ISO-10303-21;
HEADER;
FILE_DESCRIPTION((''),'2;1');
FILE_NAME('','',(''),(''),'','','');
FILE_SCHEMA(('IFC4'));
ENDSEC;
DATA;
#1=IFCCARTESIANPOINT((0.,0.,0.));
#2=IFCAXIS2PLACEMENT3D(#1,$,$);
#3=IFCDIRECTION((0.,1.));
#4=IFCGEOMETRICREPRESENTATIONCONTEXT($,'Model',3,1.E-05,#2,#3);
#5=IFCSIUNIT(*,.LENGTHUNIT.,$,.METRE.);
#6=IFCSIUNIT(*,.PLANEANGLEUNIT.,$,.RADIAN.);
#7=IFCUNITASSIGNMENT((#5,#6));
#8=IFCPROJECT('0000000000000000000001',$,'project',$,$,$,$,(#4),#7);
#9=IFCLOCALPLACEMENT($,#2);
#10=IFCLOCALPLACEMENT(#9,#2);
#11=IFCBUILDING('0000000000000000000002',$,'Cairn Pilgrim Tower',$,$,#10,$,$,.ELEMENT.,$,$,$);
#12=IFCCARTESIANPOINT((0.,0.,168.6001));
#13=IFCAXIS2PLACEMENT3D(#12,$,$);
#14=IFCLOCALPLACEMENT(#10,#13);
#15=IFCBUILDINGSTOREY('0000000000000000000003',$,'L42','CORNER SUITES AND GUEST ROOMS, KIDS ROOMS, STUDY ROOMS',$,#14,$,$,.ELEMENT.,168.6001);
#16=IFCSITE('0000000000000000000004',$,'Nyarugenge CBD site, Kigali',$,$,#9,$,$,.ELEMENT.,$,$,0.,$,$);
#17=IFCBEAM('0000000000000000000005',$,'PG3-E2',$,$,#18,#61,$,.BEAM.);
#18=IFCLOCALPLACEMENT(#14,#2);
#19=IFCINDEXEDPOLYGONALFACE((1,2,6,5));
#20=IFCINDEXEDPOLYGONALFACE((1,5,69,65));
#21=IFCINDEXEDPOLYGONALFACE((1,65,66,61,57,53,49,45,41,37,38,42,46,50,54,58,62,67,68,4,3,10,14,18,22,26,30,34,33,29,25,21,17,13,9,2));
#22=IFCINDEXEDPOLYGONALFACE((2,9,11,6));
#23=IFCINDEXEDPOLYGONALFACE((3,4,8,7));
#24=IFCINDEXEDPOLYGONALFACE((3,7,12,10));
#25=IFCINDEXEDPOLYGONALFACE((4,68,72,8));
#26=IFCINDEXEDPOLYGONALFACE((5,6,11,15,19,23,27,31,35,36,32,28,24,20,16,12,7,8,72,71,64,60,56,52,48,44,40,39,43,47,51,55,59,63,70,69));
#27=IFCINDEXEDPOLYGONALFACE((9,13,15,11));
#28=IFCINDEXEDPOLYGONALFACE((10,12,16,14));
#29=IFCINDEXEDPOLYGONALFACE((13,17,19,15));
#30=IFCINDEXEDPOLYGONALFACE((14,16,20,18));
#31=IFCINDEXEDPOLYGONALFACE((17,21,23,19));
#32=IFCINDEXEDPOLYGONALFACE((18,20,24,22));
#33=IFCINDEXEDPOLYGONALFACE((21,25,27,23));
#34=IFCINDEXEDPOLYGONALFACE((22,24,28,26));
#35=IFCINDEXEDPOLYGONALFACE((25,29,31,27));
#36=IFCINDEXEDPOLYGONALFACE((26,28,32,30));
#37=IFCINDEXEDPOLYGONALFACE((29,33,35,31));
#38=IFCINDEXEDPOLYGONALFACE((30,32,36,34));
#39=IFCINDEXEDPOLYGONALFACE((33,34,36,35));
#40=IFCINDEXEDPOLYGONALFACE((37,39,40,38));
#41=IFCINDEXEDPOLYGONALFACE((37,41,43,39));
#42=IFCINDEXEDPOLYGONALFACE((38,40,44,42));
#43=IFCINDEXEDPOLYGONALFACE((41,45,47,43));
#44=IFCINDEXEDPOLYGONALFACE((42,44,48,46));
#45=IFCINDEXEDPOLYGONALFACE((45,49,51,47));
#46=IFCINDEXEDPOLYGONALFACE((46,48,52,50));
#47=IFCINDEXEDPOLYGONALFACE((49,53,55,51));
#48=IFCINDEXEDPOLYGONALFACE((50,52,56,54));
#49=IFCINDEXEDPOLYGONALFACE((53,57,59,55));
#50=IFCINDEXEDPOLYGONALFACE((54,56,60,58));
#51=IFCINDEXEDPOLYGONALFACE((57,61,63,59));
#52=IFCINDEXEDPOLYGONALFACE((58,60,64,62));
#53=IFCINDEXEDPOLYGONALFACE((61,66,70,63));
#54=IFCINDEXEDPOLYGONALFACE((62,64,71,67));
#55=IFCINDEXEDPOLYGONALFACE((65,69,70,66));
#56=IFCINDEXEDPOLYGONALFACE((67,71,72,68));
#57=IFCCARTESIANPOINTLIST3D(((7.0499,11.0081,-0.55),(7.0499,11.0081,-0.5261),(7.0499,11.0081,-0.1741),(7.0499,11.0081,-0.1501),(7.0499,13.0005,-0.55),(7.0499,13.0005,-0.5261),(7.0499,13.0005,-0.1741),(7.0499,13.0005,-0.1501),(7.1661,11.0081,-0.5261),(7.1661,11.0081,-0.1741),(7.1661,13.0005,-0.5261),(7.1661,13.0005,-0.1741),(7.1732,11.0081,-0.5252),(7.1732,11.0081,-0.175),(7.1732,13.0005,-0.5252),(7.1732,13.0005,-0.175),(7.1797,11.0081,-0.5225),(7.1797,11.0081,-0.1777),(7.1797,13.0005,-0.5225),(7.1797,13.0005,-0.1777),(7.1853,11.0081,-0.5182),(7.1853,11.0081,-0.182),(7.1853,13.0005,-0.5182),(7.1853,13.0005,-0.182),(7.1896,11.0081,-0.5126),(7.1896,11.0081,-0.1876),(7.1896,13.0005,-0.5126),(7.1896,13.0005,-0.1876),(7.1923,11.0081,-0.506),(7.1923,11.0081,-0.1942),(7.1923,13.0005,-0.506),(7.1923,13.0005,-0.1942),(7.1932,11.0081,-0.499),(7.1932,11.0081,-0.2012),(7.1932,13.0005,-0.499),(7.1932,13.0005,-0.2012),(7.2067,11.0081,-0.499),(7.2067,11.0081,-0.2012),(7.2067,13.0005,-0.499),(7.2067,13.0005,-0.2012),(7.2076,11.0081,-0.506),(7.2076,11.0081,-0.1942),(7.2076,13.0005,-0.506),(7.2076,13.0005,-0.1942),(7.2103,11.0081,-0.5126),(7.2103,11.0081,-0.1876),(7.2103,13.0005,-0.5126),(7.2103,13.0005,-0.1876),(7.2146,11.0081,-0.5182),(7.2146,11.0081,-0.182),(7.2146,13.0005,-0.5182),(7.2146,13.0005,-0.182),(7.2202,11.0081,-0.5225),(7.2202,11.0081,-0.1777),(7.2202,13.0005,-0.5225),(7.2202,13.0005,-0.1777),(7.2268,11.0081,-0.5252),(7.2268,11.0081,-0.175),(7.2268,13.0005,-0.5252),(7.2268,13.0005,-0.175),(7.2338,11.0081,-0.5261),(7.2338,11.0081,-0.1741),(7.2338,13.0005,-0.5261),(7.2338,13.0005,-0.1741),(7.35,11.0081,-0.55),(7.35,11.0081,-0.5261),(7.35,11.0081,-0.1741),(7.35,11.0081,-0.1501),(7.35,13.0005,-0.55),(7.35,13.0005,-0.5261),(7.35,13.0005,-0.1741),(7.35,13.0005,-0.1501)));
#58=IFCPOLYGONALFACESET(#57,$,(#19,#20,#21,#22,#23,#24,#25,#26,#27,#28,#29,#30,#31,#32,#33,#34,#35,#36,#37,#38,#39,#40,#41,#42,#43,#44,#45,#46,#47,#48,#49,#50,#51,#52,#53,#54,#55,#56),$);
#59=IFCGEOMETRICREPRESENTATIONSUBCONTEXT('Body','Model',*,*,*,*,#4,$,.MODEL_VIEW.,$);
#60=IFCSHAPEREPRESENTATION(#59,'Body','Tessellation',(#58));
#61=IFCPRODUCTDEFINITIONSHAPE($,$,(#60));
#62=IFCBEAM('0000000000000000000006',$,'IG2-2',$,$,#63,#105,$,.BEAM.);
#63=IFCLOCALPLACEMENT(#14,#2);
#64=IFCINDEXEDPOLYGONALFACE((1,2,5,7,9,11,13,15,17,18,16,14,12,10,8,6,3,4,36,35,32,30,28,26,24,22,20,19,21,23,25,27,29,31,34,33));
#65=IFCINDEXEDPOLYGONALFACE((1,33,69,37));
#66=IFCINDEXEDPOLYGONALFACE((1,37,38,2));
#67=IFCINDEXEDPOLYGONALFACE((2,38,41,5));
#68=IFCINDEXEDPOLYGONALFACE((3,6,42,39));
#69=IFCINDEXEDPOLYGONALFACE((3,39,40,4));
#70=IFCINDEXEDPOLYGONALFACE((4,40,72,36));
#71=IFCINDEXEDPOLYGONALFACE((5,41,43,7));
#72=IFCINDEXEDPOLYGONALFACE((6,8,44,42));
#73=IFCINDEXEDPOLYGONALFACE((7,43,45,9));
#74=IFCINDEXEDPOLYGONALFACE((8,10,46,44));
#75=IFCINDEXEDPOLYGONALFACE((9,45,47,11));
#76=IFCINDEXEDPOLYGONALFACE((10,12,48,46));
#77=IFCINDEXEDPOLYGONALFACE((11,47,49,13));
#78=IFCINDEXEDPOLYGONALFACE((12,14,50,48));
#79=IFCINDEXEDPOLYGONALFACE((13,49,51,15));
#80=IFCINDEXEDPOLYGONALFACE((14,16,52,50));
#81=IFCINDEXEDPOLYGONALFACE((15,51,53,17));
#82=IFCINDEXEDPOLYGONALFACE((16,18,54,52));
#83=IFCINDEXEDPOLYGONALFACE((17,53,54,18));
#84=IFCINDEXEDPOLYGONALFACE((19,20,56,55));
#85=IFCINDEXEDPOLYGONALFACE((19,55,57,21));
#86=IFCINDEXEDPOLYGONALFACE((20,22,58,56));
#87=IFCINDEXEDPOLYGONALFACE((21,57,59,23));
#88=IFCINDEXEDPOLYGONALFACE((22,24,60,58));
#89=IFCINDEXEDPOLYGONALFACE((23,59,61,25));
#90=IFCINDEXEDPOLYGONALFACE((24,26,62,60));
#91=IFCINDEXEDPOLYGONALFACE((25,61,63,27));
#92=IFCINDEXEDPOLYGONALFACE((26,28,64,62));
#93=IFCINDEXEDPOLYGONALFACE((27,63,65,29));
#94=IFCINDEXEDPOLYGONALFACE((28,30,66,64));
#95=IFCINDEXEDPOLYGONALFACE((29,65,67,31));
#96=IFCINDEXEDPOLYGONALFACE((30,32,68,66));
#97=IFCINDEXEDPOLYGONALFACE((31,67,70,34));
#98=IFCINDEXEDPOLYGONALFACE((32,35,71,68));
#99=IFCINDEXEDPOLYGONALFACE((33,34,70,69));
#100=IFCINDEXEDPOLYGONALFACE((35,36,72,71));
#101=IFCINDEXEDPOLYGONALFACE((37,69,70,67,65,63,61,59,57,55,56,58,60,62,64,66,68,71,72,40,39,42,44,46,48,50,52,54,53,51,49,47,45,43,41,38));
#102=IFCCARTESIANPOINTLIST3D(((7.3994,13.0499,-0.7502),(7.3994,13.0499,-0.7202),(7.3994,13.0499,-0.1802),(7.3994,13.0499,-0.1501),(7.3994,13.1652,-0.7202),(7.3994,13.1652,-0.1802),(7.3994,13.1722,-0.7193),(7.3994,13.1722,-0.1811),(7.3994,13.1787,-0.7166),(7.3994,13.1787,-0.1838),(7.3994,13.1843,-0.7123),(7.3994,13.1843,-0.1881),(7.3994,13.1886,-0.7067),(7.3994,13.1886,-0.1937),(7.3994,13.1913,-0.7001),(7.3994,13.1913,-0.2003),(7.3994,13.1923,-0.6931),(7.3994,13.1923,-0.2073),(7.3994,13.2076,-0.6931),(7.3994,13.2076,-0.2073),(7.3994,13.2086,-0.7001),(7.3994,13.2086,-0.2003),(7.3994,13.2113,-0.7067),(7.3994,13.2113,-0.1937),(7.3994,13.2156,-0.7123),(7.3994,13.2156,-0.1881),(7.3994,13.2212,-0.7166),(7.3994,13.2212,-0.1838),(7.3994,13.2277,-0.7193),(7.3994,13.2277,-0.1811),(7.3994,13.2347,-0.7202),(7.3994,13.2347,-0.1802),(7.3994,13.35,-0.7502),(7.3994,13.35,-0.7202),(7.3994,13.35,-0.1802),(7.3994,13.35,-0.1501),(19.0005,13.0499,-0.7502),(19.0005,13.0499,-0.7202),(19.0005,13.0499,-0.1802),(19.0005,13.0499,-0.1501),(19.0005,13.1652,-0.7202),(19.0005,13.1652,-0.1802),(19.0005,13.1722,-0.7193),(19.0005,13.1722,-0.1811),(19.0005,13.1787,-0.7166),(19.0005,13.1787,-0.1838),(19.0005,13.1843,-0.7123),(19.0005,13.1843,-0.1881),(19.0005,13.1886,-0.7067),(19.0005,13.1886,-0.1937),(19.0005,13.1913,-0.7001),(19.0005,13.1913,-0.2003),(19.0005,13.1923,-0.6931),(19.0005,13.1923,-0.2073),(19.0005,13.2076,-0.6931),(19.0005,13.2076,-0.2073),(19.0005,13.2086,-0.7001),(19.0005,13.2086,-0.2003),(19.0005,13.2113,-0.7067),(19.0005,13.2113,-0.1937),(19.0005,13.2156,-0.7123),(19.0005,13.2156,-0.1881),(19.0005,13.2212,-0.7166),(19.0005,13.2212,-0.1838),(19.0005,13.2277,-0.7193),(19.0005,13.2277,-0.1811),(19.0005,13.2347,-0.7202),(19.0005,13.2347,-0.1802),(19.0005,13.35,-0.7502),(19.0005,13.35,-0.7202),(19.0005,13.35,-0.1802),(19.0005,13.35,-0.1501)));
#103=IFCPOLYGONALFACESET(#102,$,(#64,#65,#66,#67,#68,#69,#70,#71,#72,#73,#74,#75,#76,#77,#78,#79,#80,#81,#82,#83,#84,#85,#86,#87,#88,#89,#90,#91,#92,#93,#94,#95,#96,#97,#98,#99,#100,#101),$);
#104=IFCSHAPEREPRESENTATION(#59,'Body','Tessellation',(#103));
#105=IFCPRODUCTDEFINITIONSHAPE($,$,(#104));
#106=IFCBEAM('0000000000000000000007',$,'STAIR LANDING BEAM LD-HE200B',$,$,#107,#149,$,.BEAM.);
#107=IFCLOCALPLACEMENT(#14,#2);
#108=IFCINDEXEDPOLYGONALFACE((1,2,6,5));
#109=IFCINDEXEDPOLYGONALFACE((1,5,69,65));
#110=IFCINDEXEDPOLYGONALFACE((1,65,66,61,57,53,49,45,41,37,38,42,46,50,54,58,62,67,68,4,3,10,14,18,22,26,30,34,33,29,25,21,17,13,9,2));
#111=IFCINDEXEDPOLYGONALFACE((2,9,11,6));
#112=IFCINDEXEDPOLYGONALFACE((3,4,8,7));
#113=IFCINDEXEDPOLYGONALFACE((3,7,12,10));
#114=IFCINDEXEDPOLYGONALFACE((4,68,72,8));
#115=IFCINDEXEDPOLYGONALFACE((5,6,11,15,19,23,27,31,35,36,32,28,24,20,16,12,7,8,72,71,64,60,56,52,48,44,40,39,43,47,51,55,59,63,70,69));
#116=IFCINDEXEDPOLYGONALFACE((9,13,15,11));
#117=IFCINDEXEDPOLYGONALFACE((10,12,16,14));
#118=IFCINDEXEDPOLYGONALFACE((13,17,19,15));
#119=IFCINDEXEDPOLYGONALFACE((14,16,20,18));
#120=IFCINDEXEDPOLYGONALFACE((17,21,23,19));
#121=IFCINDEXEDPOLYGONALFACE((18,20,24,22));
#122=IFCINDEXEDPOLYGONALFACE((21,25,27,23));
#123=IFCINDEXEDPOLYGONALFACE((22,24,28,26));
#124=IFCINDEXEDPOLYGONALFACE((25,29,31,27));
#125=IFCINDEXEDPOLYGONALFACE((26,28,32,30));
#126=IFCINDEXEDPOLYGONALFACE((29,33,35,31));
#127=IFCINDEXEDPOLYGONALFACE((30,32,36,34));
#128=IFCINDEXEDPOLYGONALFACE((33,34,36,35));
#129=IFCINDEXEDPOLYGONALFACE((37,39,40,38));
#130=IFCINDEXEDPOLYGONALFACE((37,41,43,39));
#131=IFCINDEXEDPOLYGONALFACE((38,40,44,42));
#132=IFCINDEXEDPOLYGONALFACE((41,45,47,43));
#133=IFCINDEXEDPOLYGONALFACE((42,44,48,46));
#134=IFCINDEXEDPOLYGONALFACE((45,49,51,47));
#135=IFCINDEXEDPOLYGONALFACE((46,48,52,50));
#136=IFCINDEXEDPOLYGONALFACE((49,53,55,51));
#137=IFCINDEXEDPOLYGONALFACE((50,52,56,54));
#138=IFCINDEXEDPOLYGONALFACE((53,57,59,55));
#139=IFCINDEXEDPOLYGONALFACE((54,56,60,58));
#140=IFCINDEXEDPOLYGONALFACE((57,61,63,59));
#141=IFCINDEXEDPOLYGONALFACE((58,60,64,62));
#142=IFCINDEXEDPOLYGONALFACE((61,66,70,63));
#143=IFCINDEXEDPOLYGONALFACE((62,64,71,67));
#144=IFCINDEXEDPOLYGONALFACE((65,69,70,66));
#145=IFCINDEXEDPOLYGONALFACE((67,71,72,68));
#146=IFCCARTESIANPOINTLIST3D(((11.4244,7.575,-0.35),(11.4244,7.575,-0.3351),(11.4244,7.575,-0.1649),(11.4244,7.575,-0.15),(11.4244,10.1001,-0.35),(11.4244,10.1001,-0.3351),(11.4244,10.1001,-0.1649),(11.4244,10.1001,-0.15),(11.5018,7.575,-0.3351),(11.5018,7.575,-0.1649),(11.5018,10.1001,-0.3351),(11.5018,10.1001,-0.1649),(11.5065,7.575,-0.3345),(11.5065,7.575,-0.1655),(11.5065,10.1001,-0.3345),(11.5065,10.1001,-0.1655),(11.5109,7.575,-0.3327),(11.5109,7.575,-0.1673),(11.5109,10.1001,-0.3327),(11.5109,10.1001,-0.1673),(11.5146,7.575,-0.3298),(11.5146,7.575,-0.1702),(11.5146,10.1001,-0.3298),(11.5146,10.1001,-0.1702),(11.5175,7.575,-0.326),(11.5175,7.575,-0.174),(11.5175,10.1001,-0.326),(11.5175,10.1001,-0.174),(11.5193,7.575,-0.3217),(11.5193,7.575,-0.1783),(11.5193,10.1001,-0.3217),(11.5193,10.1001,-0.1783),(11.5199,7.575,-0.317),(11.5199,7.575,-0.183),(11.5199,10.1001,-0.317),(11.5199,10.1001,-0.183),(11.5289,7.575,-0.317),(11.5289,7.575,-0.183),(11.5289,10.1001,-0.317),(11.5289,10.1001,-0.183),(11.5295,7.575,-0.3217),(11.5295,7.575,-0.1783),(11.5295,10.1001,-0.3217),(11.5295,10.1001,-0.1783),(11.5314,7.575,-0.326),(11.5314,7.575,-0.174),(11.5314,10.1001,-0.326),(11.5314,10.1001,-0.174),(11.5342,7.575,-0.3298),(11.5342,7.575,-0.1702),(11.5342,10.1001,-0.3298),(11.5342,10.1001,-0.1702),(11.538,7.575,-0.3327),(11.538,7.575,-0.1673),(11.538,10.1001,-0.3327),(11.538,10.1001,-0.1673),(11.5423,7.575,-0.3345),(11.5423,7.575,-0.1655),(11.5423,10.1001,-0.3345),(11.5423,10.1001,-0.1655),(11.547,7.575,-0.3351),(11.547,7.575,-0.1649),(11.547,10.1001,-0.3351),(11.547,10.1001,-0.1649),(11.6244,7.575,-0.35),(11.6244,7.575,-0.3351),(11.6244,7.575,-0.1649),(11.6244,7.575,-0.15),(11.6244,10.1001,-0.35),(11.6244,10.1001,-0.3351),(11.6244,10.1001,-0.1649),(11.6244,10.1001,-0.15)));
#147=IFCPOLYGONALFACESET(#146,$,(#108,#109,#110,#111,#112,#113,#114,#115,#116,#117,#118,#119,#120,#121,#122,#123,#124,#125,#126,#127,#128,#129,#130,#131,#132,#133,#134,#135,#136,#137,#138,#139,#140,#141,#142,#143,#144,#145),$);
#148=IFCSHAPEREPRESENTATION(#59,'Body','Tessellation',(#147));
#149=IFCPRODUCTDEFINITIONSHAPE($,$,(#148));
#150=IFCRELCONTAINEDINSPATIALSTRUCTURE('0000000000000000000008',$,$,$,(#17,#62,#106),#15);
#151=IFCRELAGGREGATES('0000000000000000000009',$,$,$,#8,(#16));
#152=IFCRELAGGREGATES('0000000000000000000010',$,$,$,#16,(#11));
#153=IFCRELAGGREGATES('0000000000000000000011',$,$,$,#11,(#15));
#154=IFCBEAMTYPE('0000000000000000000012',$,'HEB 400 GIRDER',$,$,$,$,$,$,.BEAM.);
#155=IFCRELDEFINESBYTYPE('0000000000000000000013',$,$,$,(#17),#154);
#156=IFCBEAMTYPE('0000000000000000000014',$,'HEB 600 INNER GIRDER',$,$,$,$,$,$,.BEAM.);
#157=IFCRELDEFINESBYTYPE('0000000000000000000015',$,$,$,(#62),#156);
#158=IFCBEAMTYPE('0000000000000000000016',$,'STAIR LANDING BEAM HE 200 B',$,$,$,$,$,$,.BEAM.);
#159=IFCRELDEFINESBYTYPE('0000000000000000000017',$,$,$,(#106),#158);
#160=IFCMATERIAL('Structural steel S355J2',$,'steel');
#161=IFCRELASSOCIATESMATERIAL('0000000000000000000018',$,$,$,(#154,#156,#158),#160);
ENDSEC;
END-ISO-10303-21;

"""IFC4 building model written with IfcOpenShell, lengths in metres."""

from ifc_helpers import new_model, si_unit, direction, frame, origin, origin_2d, place, context, subcontext, project, spatial, i_section, extrude, material, material_profile, profile_set, type_object, element, save


model = new_model("IFC4")

# Units and contexts
model_context = context("Model", 3, precision=1e-05, world=origin(), true_north=direction((0.0, 1.0)))
body_context = subcontext(model_context, "Body", "Model", "MODEL_VIEW")
ifc_project = project(units=[si_unit("LENGTHUNIT", "METRE"), si_unit("PLANEANGLEUNIT", "RADIAN")], contexts=[model_context])

# Site, building, storey
site_placement = place(None, origin())
site = spatial("IfcSite", under=ifc_project, at=site_placement, Name="Nyarugenge CBD site, Kigali", CompositionType="ELEMENT", RefElevation=0.0)
building_placement = place(site_placement, origin())
building = spatial("IfcBuilding", under=site, at=building_placement, Name="Cairn Pilgrim Tower", CompositionType="ELEMENT")
storey_placement = place(building_placement, frame((0.0, 0.0, 168.6001)))
storey = spatial("IfcBuildingStorey", under=building, at=storey_placement, Name="L42", Description="CORNER SUITES AND GUEST ROOMS, KIDS ROOMS, STUDY ROOMS", CompositionType="ELEMENT", Elevation=168.6001)

# Shared definitions
ifc_material_1 = material(Name="Structural steel S355J2", Category="steel")

# Beams
ifc_material_profile_1 = material_profile(ifc_material_1, i_section(OverallWidth=0.3, OverallDepth=0.3999, WebThickness=0.0134, FlangeThickness=0.0239, FilletRadius=0.0271, at=origin_2d()), Name="HEB 400")
ifc_profile_set_1 = profile_set([ifc_material_profile_1], Name="Structural steel S355J2")
beam_type_1 = type_object("IfcBeamType", Name="HEB 400 GIRDER", PredefinedType="BEAM", material=ifc_profile_set_1)
beam_1_placement = place(storey_placement, frame((7.2, 11.0081, -0.3501), z_axis=(0.0, 1.0, 0.0), x_axis=(-1.0, 0.0, 0.0)))
element("IfcBeam", 1, at=beam_1_placement, inside=storey, type_object=beam_type_1, Name="PG3-E2", PredefinedType="BEAM", context=body_context, shape_type="SweptSolid", body=[
    extrude(i_section(OverallWidth=0.3, OverallDepth=0.3999, WebThickness=0.0134, FlangeThickness=0.0239, FilletRadius=0.0271, at=origin_2d()), origin(), (0.0, 0.0, 1.0), 1.9924),
])
ifc_material_profile_2 = material_profile(ifc_material_1, i_section(OverallWidth=0.3, OverallDepth=0.6001, WebThickness=0.0154, FlangeThickness=0.03, FilletRadius=0.0271, at=origin_2d()), Name="HEB 600")
ifc_profile_set_2 = profile_set([ifc_material_profile_2], Name="Structural steel S355J2")
beam_type_2 = type_object("IfcBeamType", Name="HEB 600 INNER GIRDER", PredefinedType="BEAM", material=ifc_profile_set_2)
beam_2_placement = place(storey_placement, frame((7.3994, 13.2, -0.4502), z_axis=(1.0, 0.0, 0.0), x_axis=(0.0, 1.0, 0.0)))
element("IfcBeam", 2, at=beam_2_placement, inside=storey, type_object=beam_type_2, Name="IG2-2", PredefinedType="BEAM", context=body_context, shape_type="SweptSolid", body=[
    extrude(i_section(OverallWidth=0.3, OverallDepth=0.6001, WebThickness=0.0154, FlangeThickness=0.03, FilletRadius=0.0271, at=origin_2d()), origin(), (0.0, 0.0, 1.0), 11.6011),
])
ifc_material_profile_3 = material_profile(ifc_material_1, i_section(OverallWidth=0.2, OverallDepth=0.2, WebThickness=0.009, FlangeThickness=0.0149, FilletRadius=0.0181, at=origin_2d()), Name="HE 200 B")
ifc_profile_set_3 = profile_set([ifc_material_profile_3], Name="Structural steel S355J2")
beam_type_3 = type_object("IfcBeamType", Name="STAIR LANDING BEAM HE 200 B", PredefinedType="BEAM", material=ifc_profile_set_3)
beam_3_placement = place(storey_placement, frame((11.5244, 10.1001, -0.25), z_axis=(0.0, -1.0, 0.0), x_axis=(1.0, 0.0, 0.0)))
element("IfcBeam", 3, at=beam_3_placement, inside=storey, type_object=beam_type_3, Name="STAIR LANDING BEAM LD-HE200B", PredefinedType="BEAM", context=body_context, shape_type="SweptSolid", body=[
    extrude(i_section(OverallWidth=0.2, OverallDepth=0.2, WebThickness=0.009, FlangeThickness=0.0149, FilletRadius=0.0181, at=origin_2d()), origin(), (0.0, 0.0, 1.0), 2.5251),
])

save(model, "model.ifc")
